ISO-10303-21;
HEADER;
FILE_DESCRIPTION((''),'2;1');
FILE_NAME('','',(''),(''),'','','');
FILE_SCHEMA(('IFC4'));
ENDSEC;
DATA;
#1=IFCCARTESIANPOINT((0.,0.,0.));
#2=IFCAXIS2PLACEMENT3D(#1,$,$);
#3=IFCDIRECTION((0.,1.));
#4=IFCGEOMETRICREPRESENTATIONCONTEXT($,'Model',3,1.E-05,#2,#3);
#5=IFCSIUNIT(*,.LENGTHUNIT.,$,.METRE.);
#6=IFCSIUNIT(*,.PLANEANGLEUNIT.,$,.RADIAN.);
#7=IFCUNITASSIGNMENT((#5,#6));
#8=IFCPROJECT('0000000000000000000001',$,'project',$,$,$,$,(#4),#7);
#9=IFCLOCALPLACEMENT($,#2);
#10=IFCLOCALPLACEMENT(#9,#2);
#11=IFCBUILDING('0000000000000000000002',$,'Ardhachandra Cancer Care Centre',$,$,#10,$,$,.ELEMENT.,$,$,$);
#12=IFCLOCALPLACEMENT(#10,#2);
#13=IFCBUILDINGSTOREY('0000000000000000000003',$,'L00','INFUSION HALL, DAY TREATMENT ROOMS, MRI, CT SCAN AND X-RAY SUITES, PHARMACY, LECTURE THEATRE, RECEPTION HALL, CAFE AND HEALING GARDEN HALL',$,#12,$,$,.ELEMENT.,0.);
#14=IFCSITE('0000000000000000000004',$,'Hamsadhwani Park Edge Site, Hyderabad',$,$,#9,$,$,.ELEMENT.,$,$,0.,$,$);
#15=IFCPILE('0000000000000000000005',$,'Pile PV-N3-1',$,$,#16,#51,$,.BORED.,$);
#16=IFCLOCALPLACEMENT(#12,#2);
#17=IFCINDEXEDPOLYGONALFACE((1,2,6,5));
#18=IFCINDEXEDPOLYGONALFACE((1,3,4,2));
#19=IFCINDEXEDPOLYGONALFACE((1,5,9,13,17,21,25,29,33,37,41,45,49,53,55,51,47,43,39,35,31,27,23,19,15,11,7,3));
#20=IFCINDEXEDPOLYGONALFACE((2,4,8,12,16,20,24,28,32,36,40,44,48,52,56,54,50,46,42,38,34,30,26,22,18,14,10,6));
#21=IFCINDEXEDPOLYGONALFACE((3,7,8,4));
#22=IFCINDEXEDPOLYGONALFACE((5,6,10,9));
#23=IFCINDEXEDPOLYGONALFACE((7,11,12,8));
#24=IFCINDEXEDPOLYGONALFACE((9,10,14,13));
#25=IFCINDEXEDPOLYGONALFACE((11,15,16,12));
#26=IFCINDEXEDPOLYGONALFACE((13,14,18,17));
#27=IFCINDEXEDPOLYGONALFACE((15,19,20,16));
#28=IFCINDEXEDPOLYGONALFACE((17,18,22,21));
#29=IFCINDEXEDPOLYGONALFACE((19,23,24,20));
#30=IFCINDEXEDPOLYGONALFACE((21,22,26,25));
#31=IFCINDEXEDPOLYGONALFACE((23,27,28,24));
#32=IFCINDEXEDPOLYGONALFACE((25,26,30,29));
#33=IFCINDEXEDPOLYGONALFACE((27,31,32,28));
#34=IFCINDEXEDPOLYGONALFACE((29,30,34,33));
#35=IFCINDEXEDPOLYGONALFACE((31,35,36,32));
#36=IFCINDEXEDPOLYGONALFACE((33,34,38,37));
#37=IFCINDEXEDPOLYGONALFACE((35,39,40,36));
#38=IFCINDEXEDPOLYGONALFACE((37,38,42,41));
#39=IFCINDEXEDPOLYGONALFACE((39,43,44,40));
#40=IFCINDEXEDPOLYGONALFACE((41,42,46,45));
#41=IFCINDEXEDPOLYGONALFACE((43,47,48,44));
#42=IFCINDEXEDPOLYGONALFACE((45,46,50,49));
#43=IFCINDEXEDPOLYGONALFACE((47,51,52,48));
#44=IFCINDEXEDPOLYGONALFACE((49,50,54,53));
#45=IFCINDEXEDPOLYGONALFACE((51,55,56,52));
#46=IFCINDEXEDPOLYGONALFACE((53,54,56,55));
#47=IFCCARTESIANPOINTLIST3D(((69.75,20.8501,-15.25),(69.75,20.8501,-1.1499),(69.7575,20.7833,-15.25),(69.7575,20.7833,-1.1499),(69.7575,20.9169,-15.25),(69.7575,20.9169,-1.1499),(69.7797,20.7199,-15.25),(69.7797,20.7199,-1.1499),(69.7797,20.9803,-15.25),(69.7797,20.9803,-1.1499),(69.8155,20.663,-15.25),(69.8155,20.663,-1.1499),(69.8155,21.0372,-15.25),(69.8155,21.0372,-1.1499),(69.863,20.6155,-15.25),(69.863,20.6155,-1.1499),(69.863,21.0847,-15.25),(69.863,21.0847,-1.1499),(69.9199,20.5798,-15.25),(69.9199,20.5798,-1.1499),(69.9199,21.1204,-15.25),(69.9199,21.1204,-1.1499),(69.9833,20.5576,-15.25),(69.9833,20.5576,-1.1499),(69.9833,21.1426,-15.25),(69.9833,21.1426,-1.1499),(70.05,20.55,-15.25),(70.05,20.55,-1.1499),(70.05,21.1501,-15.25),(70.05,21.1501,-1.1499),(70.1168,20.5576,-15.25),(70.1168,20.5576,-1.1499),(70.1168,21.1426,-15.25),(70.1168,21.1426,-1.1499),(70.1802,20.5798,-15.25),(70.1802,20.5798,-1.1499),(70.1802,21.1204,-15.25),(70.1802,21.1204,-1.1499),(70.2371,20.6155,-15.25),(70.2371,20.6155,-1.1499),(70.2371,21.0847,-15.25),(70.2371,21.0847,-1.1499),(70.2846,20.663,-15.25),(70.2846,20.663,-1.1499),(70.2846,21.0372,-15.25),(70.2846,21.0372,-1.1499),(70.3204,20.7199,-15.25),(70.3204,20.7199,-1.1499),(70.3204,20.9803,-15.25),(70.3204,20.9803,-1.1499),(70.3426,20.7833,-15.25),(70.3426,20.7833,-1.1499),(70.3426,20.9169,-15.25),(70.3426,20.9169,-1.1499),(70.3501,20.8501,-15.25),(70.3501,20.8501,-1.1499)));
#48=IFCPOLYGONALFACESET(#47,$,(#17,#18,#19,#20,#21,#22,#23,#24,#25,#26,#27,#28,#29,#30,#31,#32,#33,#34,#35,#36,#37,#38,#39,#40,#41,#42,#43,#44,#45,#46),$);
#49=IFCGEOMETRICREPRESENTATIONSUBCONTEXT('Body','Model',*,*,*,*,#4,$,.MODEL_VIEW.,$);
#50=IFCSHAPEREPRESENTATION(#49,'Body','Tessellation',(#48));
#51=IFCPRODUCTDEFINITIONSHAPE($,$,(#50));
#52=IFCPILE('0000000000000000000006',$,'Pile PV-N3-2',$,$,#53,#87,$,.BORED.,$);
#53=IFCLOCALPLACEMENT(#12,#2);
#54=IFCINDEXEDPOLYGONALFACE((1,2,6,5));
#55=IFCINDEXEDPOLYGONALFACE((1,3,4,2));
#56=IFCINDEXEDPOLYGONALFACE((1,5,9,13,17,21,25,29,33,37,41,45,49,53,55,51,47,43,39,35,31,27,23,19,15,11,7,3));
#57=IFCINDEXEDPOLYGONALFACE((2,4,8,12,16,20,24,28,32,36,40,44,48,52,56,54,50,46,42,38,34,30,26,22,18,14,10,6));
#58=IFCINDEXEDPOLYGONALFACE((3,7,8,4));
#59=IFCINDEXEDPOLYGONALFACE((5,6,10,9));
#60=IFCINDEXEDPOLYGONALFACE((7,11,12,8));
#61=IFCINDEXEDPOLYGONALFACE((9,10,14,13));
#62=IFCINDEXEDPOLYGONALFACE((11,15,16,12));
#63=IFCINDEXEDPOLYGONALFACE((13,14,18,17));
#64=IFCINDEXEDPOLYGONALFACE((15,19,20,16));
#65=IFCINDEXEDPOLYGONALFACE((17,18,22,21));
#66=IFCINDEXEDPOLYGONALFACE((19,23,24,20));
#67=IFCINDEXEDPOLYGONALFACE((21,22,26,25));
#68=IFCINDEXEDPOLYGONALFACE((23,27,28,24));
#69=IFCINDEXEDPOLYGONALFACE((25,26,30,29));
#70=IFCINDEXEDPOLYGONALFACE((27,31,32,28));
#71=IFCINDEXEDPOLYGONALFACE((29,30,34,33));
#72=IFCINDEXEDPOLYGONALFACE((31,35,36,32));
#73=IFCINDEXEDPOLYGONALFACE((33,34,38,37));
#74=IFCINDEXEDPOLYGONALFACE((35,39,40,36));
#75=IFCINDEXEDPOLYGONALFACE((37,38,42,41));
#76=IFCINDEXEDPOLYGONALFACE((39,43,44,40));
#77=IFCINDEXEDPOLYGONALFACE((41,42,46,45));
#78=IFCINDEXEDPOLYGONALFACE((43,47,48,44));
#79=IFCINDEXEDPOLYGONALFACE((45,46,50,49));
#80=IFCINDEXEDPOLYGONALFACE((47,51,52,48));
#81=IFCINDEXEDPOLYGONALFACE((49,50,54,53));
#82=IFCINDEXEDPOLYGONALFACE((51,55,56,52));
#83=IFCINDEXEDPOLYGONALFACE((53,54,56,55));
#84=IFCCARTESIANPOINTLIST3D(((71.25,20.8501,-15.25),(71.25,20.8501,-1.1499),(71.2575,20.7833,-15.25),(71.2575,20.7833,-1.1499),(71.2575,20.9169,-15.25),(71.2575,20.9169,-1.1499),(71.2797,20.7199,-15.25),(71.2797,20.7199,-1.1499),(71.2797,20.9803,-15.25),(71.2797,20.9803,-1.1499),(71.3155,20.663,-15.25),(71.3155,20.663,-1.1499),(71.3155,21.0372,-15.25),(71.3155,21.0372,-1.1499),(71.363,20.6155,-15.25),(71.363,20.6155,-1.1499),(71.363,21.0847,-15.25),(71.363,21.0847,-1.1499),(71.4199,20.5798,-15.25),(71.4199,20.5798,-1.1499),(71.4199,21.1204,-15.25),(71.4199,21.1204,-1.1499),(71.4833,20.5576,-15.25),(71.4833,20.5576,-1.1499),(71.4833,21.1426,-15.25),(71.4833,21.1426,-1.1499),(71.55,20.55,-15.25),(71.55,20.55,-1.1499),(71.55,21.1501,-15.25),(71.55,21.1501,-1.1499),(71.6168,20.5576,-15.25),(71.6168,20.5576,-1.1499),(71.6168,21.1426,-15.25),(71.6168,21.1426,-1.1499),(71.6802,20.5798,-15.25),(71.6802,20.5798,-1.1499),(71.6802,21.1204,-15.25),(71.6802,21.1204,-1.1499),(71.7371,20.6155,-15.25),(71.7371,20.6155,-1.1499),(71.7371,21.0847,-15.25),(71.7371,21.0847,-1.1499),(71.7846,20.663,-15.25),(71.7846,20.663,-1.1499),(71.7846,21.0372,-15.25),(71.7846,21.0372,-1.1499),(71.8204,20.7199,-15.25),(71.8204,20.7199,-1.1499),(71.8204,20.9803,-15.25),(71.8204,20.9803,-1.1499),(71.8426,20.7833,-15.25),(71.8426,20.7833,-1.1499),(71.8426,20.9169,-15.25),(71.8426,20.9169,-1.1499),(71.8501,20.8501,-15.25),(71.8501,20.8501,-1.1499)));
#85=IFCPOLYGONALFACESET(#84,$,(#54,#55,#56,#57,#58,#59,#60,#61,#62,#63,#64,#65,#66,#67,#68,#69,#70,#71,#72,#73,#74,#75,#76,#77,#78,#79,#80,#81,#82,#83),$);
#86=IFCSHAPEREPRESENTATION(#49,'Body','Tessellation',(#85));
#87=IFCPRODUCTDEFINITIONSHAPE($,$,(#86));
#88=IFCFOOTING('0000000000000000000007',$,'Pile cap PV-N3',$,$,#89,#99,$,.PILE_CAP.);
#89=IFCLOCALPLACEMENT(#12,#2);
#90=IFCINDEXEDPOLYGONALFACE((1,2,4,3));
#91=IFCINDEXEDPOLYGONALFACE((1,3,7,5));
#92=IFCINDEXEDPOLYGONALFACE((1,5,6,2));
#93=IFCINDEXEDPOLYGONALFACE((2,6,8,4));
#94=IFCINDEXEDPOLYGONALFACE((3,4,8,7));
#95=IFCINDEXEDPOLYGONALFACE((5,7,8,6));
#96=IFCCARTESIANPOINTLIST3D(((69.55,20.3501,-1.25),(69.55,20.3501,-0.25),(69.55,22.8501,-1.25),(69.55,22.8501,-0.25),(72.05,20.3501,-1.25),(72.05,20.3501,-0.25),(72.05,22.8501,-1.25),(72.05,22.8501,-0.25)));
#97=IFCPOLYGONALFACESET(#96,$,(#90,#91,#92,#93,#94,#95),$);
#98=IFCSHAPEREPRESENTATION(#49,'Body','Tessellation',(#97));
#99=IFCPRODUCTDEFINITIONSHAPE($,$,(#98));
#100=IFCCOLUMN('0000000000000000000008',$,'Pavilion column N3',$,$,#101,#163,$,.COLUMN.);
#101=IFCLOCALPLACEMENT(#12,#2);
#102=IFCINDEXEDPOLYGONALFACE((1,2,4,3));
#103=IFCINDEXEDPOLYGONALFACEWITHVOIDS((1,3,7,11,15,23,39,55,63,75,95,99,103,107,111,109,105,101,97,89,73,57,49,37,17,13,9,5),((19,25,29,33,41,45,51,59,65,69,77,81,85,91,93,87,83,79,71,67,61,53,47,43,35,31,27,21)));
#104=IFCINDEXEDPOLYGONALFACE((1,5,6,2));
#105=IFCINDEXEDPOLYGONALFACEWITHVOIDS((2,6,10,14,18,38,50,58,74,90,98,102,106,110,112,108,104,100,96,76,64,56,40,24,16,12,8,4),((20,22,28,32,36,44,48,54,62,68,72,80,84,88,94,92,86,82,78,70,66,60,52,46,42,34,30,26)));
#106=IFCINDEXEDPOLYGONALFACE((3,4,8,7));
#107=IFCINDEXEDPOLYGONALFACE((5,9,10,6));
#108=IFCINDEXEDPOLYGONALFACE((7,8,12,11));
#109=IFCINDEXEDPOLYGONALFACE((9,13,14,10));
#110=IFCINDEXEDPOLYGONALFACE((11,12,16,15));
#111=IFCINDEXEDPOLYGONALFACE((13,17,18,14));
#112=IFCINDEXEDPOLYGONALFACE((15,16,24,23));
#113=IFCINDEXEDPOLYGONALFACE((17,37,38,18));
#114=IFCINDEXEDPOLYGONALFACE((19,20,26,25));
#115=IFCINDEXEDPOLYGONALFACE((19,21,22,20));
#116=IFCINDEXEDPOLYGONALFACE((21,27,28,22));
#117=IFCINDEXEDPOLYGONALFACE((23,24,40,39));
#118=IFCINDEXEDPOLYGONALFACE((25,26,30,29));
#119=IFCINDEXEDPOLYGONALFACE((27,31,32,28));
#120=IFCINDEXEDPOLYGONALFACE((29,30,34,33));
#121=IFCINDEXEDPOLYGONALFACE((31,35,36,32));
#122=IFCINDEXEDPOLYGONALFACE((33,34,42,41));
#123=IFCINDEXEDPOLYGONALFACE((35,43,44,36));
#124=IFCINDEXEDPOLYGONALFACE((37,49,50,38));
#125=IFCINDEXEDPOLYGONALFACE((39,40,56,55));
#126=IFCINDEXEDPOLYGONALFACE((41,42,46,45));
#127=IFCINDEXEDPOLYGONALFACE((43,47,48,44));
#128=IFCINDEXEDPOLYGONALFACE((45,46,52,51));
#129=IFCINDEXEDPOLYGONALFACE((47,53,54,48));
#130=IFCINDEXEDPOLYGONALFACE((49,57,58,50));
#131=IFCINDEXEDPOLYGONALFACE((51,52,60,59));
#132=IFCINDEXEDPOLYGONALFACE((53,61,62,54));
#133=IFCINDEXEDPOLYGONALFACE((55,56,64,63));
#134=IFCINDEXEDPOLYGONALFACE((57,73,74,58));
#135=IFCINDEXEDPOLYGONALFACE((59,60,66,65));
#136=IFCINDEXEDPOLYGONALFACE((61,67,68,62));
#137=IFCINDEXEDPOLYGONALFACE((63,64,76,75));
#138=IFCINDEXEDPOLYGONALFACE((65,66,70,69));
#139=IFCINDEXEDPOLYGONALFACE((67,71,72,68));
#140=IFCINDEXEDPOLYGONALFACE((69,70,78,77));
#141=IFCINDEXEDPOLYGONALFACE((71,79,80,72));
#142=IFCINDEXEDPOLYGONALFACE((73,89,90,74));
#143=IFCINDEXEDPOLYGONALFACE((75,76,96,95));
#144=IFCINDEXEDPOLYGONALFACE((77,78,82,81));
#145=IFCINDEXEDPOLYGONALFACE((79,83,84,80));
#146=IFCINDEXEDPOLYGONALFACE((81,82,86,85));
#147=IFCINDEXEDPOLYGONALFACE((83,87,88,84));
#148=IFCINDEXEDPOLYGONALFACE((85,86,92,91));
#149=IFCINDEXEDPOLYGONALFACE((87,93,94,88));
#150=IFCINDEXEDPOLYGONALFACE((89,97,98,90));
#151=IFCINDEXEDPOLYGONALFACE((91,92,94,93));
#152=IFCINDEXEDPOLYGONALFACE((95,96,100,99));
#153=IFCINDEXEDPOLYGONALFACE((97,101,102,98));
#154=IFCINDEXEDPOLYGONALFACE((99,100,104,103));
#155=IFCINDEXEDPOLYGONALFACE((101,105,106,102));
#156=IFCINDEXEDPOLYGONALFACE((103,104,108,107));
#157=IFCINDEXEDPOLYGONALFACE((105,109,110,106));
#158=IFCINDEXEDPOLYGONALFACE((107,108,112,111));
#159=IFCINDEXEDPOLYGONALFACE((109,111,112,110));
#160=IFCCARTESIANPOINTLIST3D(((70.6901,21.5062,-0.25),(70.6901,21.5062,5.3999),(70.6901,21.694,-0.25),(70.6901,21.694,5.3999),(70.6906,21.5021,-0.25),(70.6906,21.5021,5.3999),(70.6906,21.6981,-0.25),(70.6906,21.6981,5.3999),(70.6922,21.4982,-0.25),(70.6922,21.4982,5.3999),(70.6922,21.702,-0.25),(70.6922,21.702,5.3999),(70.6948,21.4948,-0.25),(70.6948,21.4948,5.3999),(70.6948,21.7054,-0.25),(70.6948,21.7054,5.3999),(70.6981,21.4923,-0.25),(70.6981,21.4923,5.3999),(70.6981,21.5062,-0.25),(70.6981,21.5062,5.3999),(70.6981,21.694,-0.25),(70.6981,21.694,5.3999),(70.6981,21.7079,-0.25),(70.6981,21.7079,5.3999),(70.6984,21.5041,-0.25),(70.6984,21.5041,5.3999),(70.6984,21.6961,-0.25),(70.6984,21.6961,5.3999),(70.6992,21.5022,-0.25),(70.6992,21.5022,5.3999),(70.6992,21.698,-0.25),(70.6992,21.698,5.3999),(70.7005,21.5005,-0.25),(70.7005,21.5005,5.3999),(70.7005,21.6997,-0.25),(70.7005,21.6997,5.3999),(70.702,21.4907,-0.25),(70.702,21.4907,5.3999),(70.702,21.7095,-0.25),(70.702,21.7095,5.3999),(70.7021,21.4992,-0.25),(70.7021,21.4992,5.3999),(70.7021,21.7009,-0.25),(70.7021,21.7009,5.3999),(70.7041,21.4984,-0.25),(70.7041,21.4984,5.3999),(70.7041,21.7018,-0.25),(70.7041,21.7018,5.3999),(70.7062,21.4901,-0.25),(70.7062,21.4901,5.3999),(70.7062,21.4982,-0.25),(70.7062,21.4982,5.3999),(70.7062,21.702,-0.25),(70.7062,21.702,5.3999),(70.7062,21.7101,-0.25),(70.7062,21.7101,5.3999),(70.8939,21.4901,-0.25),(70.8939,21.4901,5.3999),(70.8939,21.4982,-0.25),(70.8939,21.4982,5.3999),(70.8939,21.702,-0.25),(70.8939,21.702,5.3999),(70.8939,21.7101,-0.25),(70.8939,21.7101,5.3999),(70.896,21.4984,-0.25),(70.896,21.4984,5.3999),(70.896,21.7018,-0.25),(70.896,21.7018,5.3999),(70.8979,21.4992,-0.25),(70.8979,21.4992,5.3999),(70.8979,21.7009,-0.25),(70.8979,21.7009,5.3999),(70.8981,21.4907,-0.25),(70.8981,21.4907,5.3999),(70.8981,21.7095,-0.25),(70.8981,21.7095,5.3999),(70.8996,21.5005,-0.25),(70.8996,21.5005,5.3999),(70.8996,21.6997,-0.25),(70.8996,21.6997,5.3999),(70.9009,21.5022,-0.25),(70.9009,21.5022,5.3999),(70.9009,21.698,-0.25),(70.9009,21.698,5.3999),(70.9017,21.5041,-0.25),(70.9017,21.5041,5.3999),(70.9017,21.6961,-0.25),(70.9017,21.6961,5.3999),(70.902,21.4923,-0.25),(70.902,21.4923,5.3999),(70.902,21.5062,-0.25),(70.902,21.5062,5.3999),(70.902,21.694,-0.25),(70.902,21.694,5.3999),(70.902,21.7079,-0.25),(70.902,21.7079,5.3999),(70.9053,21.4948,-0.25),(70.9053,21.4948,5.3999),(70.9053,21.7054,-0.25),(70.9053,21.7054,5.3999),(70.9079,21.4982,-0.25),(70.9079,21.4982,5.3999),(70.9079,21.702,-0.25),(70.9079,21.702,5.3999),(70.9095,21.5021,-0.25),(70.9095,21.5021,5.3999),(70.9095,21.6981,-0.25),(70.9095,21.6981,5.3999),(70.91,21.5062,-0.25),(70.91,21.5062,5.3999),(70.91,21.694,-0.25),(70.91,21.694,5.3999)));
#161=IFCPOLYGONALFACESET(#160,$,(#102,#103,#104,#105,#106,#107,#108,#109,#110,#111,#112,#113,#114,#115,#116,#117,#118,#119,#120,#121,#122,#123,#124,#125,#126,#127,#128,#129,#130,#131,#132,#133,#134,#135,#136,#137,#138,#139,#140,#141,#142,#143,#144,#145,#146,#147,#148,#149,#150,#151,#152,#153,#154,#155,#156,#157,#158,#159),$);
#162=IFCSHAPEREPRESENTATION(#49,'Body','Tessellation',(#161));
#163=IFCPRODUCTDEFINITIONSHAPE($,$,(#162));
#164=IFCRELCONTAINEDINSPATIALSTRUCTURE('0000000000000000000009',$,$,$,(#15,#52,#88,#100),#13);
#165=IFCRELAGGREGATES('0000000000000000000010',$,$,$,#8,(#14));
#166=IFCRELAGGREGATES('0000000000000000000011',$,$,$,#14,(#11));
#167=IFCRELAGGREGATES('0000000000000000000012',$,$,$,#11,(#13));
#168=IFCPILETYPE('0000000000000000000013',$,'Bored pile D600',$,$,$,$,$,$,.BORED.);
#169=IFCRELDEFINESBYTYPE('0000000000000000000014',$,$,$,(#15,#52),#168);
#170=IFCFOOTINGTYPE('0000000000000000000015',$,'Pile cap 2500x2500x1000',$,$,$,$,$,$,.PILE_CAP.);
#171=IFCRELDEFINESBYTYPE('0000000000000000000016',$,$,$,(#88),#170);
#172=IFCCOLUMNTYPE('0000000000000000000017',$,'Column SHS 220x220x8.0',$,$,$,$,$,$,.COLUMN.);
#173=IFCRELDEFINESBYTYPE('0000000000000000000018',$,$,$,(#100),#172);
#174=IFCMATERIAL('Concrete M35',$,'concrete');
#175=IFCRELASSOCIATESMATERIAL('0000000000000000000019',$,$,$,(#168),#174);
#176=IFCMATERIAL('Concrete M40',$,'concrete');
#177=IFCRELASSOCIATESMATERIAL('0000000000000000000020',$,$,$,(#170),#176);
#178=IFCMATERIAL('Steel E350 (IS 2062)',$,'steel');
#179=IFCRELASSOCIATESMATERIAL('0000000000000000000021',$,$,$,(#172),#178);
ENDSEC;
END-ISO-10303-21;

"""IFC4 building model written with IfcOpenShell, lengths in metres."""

from ifc_helpers import new_model, si_unit, direction, frame, origin, origin_2d, place, context, subcontext, project, spatial, rectangle, hollow_rectangle, circle, extrude, material, material_profile, profile_set, type_object, element, save


model = new_model("IFC4")

# Units and contexts
model_context = context("Model", 3, precision=1e-05, world=origin(), true_north=direction((0.0, 1.0)))
body_context = subcontext(model_context, "Body", "Model", "MODEL_VIEW")
ifc_project = project(units=[si_unit("LENGTHUNIT", "METRE"), si_unit("PLANEANGLEUNIT", "RADIAN")], contexts=[model_context])

# Site, building, storey
site_placement = place(None, origin())
site = spatial("IfcSite", under=ifc_project, at=site_placement, Name="Hamsadhwani Park Edge Site, Hyderabad", CompositionType="ELEMENT", RefElevation=0.0)
building_placement = place(site_placement, origin())
building = spatial("IfcBuilding", under=site, at=building_placement, Name="Ardhachandra Cancer Care Centre", CompositionType="ELEMENT")
storey_placement = place(building_placement, origin())
storey = spatial("IfcBuildingStorey", under=building, at=storey_placement, Name="L00", Description="INFUSION HALL, DAY TREATMENT ROOMS, MRI, CT SCAN AND X-RAY SUITES, PHARMACY, LECTURE THEATRE, RECEPTION HALL, CAFE AND HEALING GARDEN HALL", CompositionType="ELEMENT", Elevation=0.0)

# Piles
ifc_material_1 = material(Name="Concrete M35", Category="concrete")
ifc_material_profile_1 = material_profile(ifc_material_1, circle(Radius=0.3, at=origin_2d()), Name="D600")
ifc_profile_set_1 = profile_set([ifc_material_profile_1], Name="Concrete M35")
pile_type = type_object("IfcPileType", Name="Bored pile D600", PredefinedType="BORED", material=ifc_profile_set_1)
for number, where, z_axis, x_axis, name in (
    (1, (70.05, 20.8501, -1.1499), (0.0, 0.0, -1.0), (1.0, 0.0, 0.0), "Pile PV-N3-1"),
    (2, (71.55, 20.8501, -1.1499), (0.0, 0.0, -1.0), (1.0, 0.0, 0.0), "Pile PV-N3-2"),
):
    element("IfcPile", number, at=place(storey_placement, frame(where, z_axis=z_axis, x_axis=x_axis)), inside=storey, type_object=pile_type, Name=name, PredefinedType="BORED", context=body_context, shape_type="SweptSolid", body=[
        extrude(circle(Radius=0.3, at=origin_2d()), origin(), (0.0, 0.0, 1.0), 14.1001),
    ])

# Footing
ifc_material_2 = material(Name="Concrete M40", Category="concrete")
footing_type = type_object("IfcFootingType", Name="Pile cap 2500x2500x1000", PredefinedType="PILE_CAP", material=ifc_material_2)
footing_placement = place(storey_placement, frame((70.8, 21.6001, -1.25), z_axis=(0.0, 0.0, 1.0), x_axis=(1.0, 0.0, 0.0)))
element("IfcFooting", 3, at=footing_placement, inside=storey, type_object=footing_type, Name="Pile cap PV-N3", PredefinedType="PILE_CAP", context=body_context, shape_type="SweptSolid", body=[
    extrude(rectangle(XDim=2.5, YDim=2.5, at=origin_2d()), origin(), (0.0, 0.0, 1.0), 1.0),
])

# Column
ifc_material_3 = material(Name="Steel E350 (IS 2062)", Category="steel")
ifc_material_profile_2 = material_profile(ifc_material_3, hollow_rectangle(XDim=0.22, YDim=0.22, WallThickness=0.0081, InnerFilletRadius=0.0081, OuterFilletRadius=0.0161, at=origin_2d()), Name="SHS 220x220x8.0")
ifc_profile_set_2 = profile_set([ifc_material_profile_2], Name="Steel E350 (IS 2062)")
column_type = type_object("IfcColumnType", Name="Column SHS 220x220x8.0", PredefinedType="COLUMN", material=ifc_profile_set_2)
column_placement = place(storey_placement, frame((70.8, 21.6001, -0.25), z_axis=(0.0, 0.0, 1.0), x_axis=(1.0, 0.0, 0.0)))
element("IfcColumn", 4, at=column_placement, inside=storey, type_object=column_type, Name="Pavilion column N3", PredefinedType="COLUMN", context=body_context, shape_type="SweptSolid", body=[
    extrude(hollow_rectangle(XDim=0.22, YDim=0.22, WallThickness=0.0081, InnerFilletRadius=0.0081, OuterFilletRadius=0.0161, at=origin_2d()), origin(), (0.0, 0.0, 1.0), 5.6499),
])

save(model, "model.ifc")
